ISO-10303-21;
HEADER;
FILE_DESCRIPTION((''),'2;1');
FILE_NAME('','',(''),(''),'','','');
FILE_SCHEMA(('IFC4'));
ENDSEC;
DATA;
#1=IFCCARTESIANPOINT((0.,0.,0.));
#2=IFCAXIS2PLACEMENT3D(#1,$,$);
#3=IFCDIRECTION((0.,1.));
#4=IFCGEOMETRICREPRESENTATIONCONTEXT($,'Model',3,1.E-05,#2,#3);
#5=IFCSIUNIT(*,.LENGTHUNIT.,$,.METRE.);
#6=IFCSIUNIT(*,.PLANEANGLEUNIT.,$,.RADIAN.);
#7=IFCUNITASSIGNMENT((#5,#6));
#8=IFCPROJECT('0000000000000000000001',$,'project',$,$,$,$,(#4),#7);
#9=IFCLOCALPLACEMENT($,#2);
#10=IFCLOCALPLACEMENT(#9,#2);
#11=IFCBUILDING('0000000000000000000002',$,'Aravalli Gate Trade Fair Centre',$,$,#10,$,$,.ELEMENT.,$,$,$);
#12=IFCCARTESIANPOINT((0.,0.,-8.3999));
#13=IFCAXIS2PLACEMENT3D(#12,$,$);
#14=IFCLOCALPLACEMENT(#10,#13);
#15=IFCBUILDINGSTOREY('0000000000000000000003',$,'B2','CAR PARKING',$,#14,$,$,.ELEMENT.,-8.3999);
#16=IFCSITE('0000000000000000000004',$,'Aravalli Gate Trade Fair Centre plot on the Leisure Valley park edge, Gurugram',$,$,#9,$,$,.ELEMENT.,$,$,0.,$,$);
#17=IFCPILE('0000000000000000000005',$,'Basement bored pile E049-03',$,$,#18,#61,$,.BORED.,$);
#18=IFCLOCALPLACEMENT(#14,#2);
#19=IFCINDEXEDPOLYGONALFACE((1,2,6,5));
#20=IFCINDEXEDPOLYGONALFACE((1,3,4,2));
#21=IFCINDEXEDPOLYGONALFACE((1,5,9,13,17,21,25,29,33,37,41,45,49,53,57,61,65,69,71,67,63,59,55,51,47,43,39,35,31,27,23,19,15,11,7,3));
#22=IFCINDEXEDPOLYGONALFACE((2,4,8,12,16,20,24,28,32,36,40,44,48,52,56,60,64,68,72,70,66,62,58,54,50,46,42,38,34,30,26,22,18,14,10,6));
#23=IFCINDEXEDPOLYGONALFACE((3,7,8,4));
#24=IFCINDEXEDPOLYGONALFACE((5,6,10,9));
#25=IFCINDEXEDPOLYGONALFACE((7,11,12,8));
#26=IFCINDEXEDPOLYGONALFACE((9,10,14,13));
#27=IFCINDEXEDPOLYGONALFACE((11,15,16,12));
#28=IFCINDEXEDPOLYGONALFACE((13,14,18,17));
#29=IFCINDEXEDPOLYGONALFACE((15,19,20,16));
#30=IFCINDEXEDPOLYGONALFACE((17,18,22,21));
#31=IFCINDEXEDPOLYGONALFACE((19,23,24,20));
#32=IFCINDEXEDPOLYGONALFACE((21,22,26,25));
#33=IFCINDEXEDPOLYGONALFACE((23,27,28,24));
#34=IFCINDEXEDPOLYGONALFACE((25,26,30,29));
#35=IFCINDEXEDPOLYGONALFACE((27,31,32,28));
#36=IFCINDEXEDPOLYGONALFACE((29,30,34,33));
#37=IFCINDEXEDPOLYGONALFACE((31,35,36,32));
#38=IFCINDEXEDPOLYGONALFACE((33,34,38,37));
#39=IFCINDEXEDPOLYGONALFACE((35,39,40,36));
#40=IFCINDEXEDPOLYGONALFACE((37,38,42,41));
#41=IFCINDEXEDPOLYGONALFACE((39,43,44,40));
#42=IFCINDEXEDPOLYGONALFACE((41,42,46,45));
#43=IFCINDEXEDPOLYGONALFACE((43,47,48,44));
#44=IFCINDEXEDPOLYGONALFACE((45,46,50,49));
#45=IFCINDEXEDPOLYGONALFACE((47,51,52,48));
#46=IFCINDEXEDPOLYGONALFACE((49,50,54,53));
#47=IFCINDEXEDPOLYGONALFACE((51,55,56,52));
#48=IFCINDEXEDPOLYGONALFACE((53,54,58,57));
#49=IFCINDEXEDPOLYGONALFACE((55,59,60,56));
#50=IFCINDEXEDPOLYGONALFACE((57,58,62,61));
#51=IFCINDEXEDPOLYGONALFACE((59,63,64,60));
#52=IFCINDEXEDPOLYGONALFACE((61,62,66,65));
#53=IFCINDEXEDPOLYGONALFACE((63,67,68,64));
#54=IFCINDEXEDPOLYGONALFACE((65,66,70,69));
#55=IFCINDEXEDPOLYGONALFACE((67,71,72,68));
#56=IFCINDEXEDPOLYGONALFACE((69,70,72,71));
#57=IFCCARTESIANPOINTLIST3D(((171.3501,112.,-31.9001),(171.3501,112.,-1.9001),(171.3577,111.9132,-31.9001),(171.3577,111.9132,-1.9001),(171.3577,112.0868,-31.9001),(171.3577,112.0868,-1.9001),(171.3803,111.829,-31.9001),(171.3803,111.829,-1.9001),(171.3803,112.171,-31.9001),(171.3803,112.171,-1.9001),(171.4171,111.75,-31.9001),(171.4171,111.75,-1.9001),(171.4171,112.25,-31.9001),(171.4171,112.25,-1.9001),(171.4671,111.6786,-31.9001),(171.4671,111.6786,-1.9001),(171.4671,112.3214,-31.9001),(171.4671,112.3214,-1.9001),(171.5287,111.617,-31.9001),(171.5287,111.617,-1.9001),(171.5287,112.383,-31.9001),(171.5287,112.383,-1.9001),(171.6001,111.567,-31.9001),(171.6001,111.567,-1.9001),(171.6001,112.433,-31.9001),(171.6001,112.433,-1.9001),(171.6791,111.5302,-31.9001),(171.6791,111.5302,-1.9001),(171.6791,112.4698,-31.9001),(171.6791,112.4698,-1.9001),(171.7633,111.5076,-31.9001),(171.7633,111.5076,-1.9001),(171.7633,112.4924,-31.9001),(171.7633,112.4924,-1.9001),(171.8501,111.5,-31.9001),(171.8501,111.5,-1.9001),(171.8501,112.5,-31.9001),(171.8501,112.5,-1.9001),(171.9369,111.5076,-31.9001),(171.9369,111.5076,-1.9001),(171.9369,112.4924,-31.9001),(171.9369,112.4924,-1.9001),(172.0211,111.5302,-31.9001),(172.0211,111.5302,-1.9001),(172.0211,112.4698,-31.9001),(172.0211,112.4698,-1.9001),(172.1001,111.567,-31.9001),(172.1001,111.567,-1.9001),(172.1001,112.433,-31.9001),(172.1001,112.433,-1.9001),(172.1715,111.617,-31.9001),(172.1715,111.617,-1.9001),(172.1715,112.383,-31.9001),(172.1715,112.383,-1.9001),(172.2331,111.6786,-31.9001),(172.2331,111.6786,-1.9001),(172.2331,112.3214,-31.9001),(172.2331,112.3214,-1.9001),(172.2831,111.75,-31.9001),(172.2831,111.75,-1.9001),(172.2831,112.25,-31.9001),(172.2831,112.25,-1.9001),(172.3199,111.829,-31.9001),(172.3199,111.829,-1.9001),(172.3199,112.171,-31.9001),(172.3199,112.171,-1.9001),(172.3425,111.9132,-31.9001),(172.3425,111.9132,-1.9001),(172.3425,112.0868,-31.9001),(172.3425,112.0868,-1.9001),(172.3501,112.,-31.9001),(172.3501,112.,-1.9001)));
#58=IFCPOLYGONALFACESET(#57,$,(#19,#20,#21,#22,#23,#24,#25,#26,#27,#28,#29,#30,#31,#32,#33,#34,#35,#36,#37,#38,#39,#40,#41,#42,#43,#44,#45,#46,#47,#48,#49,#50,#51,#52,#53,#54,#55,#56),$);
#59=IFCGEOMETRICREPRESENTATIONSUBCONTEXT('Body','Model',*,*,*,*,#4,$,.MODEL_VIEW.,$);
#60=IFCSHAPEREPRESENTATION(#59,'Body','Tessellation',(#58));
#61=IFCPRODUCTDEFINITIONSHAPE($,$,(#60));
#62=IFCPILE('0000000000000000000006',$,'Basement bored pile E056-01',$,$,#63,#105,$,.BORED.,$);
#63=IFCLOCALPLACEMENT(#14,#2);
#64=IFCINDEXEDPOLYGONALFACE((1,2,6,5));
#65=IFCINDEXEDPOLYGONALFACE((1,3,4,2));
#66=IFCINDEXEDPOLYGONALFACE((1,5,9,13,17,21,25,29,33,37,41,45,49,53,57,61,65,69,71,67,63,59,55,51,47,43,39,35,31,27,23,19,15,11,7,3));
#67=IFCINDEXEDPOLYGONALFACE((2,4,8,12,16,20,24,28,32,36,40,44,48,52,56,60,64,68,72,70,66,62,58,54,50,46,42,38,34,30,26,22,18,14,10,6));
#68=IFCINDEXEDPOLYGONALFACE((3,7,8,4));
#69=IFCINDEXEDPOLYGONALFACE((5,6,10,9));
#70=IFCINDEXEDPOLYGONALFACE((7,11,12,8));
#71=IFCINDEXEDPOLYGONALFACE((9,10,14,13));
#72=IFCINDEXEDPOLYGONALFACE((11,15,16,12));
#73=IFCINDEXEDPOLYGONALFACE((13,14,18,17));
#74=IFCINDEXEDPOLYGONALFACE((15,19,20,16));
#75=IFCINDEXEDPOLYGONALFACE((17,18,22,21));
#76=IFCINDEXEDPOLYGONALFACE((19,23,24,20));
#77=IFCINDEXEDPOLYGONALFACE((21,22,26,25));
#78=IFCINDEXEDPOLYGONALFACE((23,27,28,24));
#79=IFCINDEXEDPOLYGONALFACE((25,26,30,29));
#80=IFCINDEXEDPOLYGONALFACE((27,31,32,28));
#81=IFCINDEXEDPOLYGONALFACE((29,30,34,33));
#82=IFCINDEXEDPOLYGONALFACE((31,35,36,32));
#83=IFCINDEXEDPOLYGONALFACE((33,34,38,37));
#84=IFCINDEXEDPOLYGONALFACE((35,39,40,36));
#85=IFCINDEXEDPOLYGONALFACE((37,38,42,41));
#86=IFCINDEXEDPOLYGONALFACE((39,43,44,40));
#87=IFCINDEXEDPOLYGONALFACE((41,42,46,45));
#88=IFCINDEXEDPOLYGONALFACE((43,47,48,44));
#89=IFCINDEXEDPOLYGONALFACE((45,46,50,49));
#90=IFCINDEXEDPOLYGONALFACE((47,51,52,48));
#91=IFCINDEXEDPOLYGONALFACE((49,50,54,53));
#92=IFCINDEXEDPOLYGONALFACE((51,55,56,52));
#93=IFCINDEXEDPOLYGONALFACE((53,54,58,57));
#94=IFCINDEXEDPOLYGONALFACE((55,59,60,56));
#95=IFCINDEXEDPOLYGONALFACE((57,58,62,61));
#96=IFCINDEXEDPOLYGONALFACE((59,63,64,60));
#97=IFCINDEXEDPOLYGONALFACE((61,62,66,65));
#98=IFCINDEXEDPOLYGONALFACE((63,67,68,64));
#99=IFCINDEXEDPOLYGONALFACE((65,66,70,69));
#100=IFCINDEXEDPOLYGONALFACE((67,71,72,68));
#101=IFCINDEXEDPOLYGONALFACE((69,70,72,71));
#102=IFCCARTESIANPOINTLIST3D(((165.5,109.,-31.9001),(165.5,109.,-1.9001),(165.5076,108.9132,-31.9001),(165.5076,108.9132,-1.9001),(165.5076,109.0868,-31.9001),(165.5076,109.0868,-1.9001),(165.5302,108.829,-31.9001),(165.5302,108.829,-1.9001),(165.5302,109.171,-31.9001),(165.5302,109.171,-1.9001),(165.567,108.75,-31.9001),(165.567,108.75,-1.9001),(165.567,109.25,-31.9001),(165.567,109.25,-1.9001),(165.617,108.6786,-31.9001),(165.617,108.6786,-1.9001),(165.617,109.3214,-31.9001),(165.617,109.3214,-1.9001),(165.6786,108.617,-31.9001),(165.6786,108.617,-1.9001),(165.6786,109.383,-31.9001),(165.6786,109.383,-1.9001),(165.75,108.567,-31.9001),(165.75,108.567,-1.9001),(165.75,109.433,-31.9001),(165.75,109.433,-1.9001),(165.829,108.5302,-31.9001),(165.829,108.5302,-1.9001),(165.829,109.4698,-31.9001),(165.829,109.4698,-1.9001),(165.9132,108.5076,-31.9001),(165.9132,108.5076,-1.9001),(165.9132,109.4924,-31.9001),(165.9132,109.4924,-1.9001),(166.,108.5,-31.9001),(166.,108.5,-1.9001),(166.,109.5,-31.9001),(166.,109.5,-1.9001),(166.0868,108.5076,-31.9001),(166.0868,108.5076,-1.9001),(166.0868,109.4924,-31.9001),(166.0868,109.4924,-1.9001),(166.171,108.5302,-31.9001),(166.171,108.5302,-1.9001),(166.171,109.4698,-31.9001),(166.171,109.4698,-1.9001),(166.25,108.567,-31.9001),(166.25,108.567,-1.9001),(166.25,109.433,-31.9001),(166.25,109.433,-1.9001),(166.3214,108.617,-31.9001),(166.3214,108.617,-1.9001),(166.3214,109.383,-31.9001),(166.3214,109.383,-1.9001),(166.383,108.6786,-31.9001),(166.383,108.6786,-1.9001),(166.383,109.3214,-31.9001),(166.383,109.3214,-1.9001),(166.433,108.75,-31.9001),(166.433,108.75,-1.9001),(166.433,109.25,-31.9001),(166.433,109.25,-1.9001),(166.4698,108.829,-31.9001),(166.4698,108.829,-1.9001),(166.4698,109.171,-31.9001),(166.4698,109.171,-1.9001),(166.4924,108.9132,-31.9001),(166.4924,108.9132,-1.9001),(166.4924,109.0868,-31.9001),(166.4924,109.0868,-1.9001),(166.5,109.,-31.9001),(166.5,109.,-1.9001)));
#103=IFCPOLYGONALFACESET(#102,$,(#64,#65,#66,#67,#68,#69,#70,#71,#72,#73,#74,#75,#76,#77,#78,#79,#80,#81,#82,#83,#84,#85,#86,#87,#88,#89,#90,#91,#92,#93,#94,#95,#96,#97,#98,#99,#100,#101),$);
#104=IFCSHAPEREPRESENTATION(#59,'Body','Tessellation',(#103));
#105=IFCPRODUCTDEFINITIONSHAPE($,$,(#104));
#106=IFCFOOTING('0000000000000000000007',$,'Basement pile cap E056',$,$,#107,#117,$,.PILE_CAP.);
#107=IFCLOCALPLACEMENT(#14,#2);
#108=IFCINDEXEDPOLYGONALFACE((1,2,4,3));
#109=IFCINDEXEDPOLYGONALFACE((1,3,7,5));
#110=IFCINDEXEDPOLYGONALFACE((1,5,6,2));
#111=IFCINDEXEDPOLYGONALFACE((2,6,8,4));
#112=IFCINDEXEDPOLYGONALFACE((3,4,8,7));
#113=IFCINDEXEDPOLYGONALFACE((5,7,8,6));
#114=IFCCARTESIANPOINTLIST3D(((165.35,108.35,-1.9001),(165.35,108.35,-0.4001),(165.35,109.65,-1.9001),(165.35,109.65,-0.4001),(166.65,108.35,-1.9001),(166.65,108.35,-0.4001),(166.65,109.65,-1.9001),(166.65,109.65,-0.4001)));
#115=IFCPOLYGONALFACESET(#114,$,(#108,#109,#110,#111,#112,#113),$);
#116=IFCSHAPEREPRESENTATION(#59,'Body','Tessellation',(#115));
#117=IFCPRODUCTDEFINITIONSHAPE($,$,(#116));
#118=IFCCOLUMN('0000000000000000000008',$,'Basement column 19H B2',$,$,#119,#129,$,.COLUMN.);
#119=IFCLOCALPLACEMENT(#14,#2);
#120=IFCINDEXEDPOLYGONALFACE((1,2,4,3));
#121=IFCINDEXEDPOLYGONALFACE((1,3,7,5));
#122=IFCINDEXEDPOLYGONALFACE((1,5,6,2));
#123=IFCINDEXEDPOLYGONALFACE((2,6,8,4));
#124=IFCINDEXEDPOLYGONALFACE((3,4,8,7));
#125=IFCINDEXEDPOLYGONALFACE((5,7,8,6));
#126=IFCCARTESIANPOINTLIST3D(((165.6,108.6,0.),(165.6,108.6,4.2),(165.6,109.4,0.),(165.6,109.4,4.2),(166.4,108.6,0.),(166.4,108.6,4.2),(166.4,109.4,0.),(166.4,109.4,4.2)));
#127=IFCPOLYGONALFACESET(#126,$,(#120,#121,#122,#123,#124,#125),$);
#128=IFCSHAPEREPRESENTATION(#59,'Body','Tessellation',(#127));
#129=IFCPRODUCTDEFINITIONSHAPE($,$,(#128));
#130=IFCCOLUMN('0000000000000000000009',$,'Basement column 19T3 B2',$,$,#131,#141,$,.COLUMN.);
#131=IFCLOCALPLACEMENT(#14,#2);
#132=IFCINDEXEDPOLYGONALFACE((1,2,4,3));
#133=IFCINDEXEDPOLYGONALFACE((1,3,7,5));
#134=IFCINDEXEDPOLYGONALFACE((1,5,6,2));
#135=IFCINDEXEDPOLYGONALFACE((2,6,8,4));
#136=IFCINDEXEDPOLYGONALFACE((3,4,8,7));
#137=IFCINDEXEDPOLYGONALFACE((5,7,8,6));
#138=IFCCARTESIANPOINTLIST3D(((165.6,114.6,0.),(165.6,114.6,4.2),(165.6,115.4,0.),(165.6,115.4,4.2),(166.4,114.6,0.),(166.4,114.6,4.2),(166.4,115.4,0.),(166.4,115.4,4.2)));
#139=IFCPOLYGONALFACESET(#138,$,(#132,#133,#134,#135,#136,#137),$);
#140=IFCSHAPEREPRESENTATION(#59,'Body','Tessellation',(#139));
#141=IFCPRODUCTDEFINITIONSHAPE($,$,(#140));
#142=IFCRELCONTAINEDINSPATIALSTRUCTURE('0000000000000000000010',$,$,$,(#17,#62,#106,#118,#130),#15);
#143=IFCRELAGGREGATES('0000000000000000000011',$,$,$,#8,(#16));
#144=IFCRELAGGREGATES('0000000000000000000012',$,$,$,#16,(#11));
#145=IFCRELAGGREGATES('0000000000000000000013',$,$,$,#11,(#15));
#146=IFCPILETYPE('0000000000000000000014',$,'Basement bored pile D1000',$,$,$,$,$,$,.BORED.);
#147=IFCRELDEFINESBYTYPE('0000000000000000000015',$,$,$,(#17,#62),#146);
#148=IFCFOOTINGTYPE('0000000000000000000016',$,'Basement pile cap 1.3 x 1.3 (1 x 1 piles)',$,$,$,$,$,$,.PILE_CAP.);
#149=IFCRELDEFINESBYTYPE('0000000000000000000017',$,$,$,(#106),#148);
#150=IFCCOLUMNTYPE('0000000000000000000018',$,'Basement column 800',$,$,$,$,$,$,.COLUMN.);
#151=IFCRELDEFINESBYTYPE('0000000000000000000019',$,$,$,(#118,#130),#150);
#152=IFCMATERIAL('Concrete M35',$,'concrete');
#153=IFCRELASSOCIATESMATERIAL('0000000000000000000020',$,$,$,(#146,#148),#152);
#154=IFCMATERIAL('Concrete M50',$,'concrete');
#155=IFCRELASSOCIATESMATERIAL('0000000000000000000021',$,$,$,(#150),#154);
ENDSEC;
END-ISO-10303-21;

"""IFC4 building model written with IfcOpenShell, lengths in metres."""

from ifc_helpers import new_model, si_unit, direction, frame, origin, origin_2d, place, context, subcontext, project, spatial, rectangle, circle, extrude, material, material_profile, profile_set, type_object, element, save


model = new_model("IFC4")

# Units and contexts
model_context = context("Model", 3, precision=1e-05, world=origin(), true_north=direction((0.0, 1.0)))
body_context = subcontext(model_context, "Body", "Model", "MODEL_VIEW")
ifc_project = project(units=[si_unit("LENGTHUNIT", "METRE"), si_unit("PLANEANGLEUNIT", "RADIAN")], contexts=[model_context])

# Site, building, storey
site_placement = place(None, origin())
site = spatial("IfcSite", under=ifc_project, at=site_placement, Name="Aravalli Gate Trade Fair Centre plot on the Leisure Valley park edge, Gurugram", CompositionType="ELEMENT", RefElevation=0.0)
building_placement = place(site_placement, origin())
building = spatial("IfcBuilding", under=site, at=building_placement, Name="Aravalli Gate Trade Fair Centre", CompositionType="ELEMENT")
storey_placement = place(building_placement, frame((0.0, 0.0, -8.3999)))
storey = spatial("IfcBuildingStorey", under=building, at=storey_placement, Name="B2", Description="CAR PARKING", CompositionType="ELEMENT", Elevation=-8.3999)

# Piles
ifc_material_1 = material(Name="Concrete M35", Category="concrete")
ifc_material_profile_1 = material_profile(ifc_material_1, circle(Radius=0.5, at=origin_2d()), Name="D1000")
ifc_profile_set_1 = profile_set([ifc_material_profile_1], Name="Concrete M35")
pile_type = type_object("IfcPileType", Name="Basement bored pile D1000", PredefinedType="BORED", material=ifc_profile_set_1)
for number, where, z_axis, x_axis, name in (
    (1, (171.8501, 112.0, -1.9001), (0.0, 0.0, -1.0), (1.0, 0.0, 0.0), "Basement bored pile E049-03"),
    (2, (166.0, 109.0, -1.9001), (0.0, 0.0, -1.0), (1.0, 0.0, 0.0), "Basement bored pile E056-01"),
):
    element("IfcPile", number, at=place(storey_placement, frame(where, z_axis=z_axis, x_axis=x_axis)), inside=storey, type_object=pile_type, Name=name, PredefinedType="BORED", context=body_context, shape_type="SweptSolid", body=[
        extrude(circle(Radius=0.5, at=origin_2d()), origin(), (0.0, 0.0, 1.0), 30.0),
    ])

# Footing
footing_type = type_object("IfcFootingType", Name="Basement pile cap 1.3 x 1.3 (1 x 1 piles)", PredefinedType="PILE_CAP", material=ifc_material_1)
footing_placement = place(storey_placement, frame((166.0, 109.0, -1.9001), z_axis=(0.0, 0.0, 1.0), x_axis=(1.0, 0.0, 0.0)))
element("IfcFooting", 3, at=footing_placement, inside=storey, type_object=footing_type, Name="Basement pile cap E056", PredefinedType="PILE_CAP", context=body_context, shape_type="SweptSolid", body=[
    extrude(rectangle(XDim=1.3, YDim=1.3, at=origin_2d()), origin(), (0.0, 0.0, 1.0), 1.5),
])

# Columns
ifc_material_2 = material(Name="Concrete M50", Category="concrete")
ifc_material_profile_2 = material_profile(ifc_material_2, rectangle(XDim=0.8, YDim=0.8, at=origin_2d()), Name="RC 800 x 800")
ifc_profile_set_2 = profile_set([ifc_material_profile_2], Name="Concrete M50")
column_type = type_object("IfcColumnType", Name="Basement column 800", PredefinedType="COLUMN", material=ifc_profile_set_2)
for number, where, z_axis, x_axis, name in (
    (4, (166.0, 109.0, 0.0), (0.0, 0.0, 1.0), (1.0, 0.0, 0.0), "Basement column 19H B2"),
    (5, (166.0, 115.0, 0.0), (0.0, 0.0, 1.0), (1.0, 0.0, 0.0), "Basement column 19T3 B2"),
):
    element("IfcColumn", number, at=place(storey_placement, frame(where, z_axis=z_axis, x_axis=x_axis)), inside=storey, type_object=column_type, Name=name, PredefinedType="COLUMN", context=body_context, shape_type="SweptSolid", body=[
        extrude(rectangle(XDim=0.8, YDim=0.8, at=origin_2d()), origin(), (0.0, 0.0, 1.0), 4.2),
    ])

save(model, "model.ifc")
